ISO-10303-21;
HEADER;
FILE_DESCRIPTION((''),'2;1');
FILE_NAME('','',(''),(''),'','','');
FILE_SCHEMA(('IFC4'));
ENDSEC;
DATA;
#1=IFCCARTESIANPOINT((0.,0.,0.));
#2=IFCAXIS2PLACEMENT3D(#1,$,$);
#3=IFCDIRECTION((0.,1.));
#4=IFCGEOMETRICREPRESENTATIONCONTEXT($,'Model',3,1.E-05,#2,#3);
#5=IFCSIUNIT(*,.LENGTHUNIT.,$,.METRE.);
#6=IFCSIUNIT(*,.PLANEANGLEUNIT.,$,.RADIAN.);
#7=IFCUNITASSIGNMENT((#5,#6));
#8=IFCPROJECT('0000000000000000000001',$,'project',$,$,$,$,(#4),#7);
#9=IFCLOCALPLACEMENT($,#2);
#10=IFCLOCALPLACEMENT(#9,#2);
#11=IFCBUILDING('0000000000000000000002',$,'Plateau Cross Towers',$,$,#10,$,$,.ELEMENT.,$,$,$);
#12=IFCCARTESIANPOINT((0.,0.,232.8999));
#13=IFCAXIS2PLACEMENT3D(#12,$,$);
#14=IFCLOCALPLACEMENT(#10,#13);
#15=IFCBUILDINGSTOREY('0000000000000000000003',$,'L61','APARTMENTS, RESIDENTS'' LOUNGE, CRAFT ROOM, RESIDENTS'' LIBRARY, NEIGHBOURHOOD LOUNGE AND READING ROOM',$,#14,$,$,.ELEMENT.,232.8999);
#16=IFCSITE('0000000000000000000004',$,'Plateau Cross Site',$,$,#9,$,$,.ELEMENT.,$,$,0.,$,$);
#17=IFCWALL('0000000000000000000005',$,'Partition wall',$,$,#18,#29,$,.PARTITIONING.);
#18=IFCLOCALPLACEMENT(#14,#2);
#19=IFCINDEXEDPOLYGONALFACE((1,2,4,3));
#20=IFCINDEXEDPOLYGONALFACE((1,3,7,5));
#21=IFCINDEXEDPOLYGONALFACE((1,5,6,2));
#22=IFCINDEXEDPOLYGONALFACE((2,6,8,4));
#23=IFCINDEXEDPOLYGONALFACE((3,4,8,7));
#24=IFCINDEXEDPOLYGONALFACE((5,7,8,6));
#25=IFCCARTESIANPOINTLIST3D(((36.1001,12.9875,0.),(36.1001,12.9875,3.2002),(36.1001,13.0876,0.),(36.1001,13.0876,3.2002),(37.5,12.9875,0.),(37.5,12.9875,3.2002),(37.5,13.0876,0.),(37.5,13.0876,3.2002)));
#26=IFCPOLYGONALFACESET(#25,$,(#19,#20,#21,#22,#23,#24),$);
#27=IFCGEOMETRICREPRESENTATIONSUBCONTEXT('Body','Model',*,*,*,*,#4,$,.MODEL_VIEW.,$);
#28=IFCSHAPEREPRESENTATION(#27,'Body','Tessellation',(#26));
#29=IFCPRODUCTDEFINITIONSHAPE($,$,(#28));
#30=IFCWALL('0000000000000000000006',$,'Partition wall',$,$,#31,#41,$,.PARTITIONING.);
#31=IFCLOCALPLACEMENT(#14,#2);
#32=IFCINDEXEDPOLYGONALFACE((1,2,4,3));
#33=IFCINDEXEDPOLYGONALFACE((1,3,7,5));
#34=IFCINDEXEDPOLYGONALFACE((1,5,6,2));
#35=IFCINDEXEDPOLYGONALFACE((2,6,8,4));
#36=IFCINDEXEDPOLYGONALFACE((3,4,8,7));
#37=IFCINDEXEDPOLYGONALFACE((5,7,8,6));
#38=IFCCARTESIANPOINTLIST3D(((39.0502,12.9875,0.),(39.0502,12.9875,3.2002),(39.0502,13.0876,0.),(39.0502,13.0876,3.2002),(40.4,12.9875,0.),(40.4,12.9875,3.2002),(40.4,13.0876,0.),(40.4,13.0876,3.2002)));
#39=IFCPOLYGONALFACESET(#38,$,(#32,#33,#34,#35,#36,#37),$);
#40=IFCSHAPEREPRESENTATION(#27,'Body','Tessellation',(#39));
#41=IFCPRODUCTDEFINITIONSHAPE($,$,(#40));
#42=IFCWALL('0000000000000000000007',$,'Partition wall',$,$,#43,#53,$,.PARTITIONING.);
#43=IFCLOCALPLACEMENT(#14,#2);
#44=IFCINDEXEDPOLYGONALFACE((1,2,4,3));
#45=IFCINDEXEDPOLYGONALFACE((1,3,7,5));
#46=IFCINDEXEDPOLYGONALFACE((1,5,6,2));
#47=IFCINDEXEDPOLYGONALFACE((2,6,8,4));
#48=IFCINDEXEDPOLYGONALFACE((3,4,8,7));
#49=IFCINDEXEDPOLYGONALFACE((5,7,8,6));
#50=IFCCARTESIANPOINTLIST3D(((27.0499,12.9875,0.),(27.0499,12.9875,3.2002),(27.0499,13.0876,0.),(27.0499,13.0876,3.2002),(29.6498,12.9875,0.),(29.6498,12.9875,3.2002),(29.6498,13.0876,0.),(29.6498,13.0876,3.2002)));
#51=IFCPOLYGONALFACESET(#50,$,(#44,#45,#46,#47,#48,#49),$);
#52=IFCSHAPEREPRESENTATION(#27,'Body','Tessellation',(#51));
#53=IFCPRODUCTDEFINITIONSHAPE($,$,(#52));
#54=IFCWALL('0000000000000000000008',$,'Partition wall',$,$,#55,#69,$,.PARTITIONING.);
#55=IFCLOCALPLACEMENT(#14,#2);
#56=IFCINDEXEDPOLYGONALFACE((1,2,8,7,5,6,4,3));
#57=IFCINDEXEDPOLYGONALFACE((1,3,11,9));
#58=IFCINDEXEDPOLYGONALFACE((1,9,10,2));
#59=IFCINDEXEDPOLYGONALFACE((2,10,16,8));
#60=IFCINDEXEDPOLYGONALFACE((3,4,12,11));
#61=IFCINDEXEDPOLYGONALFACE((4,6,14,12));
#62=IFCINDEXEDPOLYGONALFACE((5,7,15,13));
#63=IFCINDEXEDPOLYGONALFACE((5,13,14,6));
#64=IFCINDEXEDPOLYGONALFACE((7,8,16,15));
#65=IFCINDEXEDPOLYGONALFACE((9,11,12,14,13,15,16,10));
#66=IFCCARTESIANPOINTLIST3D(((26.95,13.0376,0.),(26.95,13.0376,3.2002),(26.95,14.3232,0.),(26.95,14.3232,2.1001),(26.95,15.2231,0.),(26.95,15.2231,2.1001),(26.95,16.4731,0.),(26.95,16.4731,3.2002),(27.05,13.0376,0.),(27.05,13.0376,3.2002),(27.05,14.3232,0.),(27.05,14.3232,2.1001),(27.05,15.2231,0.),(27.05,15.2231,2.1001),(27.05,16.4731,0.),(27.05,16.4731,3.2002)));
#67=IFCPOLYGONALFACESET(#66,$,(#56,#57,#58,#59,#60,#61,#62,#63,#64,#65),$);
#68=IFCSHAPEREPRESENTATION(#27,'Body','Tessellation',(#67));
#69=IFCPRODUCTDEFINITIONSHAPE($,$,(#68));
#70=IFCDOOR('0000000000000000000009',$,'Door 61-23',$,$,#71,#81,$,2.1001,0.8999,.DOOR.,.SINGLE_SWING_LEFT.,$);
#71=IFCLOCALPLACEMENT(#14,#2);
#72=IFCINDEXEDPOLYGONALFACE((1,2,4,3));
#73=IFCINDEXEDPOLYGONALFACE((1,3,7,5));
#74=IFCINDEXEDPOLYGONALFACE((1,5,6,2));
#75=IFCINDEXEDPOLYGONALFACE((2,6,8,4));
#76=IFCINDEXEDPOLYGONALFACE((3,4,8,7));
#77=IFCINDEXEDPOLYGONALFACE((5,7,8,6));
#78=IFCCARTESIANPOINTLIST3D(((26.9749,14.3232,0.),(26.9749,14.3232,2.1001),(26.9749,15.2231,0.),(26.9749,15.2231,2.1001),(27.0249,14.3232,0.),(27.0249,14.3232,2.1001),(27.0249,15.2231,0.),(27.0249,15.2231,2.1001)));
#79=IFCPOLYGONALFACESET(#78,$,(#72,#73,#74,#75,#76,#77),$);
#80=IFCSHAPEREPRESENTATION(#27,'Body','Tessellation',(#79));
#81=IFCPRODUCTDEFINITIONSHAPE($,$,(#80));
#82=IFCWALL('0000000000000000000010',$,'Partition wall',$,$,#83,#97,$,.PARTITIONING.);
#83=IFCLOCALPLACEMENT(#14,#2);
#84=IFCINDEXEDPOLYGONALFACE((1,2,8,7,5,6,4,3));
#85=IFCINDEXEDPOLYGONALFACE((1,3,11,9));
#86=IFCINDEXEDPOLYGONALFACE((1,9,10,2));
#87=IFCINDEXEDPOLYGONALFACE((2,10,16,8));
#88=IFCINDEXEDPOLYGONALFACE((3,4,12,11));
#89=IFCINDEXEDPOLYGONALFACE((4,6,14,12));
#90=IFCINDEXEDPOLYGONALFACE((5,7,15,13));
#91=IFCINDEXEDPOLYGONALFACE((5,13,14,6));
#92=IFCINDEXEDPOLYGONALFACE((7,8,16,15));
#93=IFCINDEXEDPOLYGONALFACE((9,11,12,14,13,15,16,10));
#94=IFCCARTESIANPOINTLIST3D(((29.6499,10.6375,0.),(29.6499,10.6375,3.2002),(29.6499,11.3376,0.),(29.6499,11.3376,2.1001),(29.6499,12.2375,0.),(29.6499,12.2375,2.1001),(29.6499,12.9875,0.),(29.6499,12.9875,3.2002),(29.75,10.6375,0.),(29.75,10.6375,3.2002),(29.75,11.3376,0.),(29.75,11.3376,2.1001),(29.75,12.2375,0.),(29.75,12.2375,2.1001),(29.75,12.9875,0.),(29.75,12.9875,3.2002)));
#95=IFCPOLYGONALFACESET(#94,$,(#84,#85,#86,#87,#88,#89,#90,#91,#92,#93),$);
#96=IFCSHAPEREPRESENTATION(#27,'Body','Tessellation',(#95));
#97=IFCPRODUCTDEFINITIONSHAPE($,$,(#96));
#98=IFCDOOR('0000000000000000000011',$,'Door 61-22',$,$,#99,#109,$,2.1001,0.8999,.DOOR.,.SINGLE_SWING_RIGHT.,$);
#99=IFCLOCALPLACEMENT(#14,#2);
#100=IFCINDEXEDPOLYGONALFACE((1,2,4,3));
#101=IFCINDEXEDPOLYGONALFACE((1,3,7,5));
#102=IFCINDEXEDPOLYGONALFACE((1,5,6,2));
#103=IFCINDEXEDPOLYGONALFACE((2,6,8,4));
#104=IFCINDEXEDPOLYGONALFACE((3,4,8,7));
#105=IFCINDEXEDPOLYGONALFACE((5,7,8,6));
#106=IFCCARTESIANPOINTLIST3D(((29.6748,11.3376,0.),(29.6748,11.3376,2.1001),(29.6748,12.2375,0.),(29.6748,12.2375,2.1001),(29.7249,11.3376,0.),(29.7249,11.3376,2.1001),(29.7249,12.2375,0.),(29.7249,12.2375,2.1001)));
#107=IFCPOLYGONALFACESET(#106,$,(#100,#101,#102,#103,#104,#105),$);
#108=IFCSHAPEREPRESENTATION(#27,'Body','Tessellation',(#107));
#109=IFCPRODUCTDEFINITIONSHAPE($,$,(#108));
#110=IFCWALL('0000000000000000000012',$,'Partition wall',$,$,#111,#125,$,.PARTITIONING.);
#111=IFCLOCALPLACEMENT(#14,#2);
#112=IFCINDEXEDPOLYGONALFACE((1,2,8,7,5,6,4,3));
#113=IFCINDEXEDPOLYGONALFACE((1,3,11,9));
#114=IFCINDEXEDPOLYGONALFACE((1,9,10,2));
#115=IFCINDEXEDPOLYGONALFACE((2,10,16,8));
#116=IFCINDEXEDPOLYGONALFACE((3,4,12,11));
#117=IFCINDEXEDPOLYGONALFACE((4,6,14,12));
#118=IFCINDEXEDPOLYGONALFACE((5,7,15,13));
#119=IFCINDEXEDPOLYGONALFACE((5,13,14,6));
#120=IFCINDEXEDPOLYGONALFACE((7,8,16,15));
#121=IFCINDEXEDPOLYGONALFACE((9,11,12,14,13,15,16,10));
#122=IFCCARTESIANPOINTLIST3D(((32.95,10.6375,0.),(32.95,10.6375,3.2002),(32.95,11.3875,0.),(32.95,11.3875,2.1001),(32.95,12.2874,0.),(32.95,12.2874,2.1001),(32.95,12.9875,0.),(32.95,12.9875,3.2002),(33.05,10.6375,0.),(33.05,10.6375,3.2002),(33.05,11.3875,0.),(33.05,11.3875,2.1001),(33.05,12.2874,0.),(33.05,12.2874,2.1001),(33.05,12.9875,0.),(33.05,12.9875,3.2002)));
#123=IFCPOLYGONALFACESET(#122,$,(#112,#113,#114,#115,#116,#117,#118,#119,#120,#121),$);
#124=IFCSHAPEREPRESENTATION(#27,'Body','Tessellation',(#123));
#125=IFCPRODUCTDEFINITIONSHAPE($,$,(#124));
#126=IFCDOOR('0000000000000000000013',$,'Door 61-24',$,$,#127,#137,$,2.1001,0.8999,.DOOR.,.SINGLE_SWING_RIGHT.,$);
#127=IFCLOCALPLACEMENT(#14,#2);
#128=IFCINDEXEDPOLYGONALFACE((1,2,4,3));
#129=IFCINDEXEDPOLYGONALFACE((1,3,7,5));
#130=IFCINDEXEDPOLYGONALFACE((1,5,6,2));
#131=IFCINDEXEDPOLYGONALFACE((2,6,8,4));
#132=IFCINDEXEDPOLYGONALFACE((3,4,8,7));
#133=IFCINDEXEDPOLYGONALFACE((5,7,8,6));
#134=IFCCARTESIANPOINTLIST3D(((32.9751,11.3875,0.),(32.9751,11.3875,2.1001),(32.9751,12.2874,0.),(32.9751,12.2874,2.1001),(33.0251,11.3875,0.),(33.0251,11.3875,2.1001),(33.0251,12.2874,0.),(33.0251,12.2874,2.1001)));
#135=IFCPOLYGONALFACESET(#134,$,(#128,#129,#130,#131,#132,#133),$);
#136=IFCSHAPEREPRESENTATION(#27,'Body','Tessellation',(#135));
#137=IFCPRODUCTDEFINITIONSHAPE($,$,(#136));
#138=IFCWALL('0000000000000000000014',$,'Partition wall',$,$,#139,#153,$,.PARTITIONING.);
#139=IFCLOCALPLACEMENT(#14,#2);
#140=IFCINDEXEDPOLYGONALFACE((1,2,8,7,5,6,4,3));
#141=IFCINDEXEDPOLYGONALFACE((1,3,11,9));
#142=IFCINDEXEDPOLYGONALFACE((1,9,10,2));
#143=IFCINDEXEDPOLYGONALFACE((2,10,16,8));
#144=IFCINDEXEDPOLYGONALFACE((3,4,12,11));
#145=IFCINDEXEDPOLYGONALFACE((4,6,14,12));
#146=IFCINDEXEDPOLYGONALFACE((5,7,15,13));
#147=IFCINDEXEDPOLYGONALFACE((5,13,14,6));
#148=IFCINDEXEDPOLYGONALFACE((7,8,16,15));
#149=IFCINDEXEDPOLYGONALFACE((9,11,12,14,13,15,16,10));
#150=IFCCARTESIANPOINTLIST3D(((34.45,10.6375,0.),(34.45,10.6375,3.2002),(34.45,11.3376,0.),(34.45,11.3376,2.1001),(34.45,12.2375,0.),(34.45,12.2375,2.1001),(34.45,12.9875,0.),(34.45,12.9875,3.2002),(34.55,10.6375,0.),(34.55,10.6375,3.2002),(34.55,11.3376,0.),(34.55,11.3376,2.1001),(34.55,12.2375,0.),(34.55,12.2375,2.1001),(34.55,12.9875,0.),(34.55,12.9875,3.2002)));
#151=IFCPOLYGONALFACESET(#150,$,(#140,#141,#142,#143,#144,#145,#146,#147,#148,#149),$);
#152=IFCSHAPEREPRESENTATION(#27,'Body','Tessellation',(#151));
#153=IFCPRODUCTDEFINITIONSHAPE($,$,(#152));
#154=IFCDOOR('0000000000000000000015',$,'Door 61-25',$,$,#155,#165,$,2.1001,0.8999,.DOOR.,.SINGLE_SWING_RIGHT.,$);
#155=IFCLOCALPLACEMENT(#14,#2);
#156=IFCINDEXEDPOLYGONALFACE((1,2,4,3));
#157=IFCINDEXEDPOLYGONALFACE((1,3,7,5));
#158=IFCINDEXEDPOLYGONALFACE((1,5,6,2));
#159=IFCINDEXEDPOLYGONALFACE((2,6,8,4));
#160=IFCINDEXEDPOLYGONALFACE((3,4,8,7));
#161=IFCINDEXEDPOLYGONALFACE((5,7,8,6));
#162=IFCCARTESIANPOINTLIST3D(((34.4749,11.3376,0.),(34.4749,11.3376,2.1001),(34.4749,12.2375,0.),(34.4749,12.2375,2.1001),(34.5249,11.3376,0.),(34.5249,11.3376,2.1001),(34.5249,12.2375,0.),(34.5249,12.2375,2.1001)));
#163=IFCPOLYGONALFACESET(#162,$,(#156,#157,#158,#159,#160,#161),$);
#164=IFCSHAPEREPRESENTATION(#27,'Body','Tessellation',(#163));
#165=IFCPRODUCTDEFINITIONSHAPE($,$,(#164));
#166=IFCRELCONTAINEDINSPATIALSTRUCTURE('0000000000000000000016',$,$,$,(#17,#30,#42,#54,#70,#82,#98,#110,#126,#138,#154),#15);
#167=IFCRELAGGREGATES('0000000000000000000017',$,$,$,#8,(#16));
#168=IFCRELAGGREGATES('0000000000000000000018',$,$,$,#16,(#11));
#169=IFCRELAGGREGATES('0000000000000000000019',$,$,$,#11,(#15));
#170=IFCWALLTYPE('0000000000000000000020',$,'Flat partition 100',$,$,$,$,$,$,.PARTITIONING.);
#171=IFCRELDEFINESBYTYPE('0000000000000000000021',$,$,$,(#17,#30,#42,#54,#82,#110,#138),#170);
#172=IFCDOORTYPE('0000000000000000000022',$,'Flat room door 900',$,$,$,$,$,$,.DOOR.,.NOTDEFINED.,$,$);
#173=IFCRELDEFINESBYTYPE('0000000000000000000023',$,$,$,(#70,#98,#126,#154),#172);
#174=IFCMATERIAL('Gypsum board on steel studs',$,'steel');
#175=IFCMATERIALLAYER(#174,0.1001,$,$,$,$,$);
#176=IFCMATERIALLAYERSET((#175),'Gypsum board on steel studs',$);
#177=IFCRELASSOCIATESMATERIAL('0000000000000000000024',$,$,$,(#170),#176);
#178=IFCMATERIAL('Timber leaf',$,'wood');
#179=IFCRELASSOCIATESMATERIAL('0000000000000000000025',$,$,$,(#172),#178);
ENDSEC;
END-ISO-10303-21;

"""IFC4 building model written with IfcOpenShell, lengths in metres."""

from ifc_helpers import new_model, si_unit, direction, frame, frame_2d, origin, place, context, subcontext, project, spatial, rectangle, extrude, material, layer, layer_set, type_object, element, fill, save


model = new_model("IFC4")

# Units and contexts
model_context = context("Model", 3, precision=1e-05, world=origin(), true_north=direction((0.0, 1.0)))
body_context = subcontext(model_context, "Body", "Model", "MODEL_VIEW")
ifc_project = project(units=[si_unit("LENGTHUNIT", "METRE"), si_unit("PLANEANGLEUNIT", "RADIAN")], contexts=[model_context])

# Site, building, storey
site_placement = place(None, origin())
site = spatial("IfcSite", under=ifc_project, at=site_placement, Name="Plateau Cross Site", CompositionType="ELEMENT", RefElevation=0.0)
building_placement = place(site_placement, origin())
building = spatial("IfcBuilding", under=site, at=building_placement, Name="Plateau Cross Towers", CompositionType="ELEMENT")
storey_placement = place(building_placement, frame((0.0, 0.0, 232.8999)))
storey = spatial("IfcBuildingStorey", under=building, at=storey_placement, Name="L61", Description="APARTMENTS, RESIDENTS' LOUNGE, CRAFT ROOM, RESIDENTS' LIBRARY, NEIGHBOURHOOD LOUNGE AND READING ROOM", CompositionType="ELEMENT", Elevation=232.8999)

# Walls
ifc_material_1 = material(Name="Gypsum board on steel studs", Category="steel")
ifc_layer_1 = layer(ifc_material_1, 0.1001)
ifc_layer_set_1 = layer_set([ifc_layer_1], Name="Gypsum board on steel studs")
wall_type_1 = type_object("IfcWallType", Name="Flat partition 100", PredefinedType="PARTITIONING", material=ifc_layer_set_1)
for number, where, z_axis, x_axis, name in (
    (1, (37.5, 13.0376, 0.0), (0.0, 0.0, 1.0), (-1.0, 0.0, 0.0), "Partition wall"),
):
    element("IfcWall", number, at=place(storey_placement, frame(where, z_axis=z_axis, x_axis=x_axis)), inside=storey, type_object=wall_type_1, Name=name, PredefinedType="PARTITIONING", context=body_context, shape_type="SweptSolid", body=[
        extrude(rectangle(XDim=1.3999, YDim=0.1001, at=frame_2d((0.7, 0.0))), origin(), (0.0, 0.0, 1.0), 3.2002),
    ])
wall_1_placement = place(storey_placement, frame((40.3999, 13.0376, 0.0), z_axis=(0.0, 0.0, 1.0), x_axis=(-1.0, 0.0, 0.0)))
element("IfcWall", 2, at=wall_1_placement, inside=storey, type_object=wall_type_1, Name="Partition wall", PredefinedType="PARTITIONING", context=body_context, shape_type="SweptSolid", body=[
    extrude(rectangle(XDim=1.3499, YDim=0.1001, at=frame_2d((0.6748, 0.0))), origin(), (0.0, 0.0, 1.0), 3.2002),
])
wall_2_placement = place(storey_placement, frame((27.05, 13.0376, 0.0), z_axis=(0.0, 0.0, 1.0), x_axis=(1.0, 0.0, 0.0)))
element("IfcWall", 3, at=wall_2_placement, inside=storey, type_object=wall_type_1, Name="Partition wall", PredefinedType="PARTITIONING", context=body_context, shape_type="SweptSolid", body=[
    extrude(rectangle(XDim=2.5999, YDim=0.1001, at=frame_2d((1.2998, 0.0))), origin(), (0.0, 0.0, 1.0), 3.2002),
])

# Walls, openings, doors
wall_3_placement = place(storey_placement, frame((27.0, 16.4731, 0.0), z_axis=(0.0, 0.0, 1.0), x_axis=(0.0, -1.0, 0.0)))
wall_3 = element("IfcWall", 4, at=wall_3_placement, inside=storey, type_object=wall_type_1, Name="Partition wall", PredefinedType="PARTITIONING", context=body_context, shape_type="SweptSolid", body=[
    extrude(rectangle(XDim=3.4355, YDim=0.1001, at=frame_2d((1.7178, 0.0))), origin(), (0.0, 0.0, 1.0), 3.2002),
])
opening_1_placement = place(wall_3_placement, frame((1.25, 0.0, 0.0)))
opening_1 = element("IfcOpeningElement", 5, at=opening_1_placement, cuts=wall_3, PredefinedType="OPENING", context=body_context, shape_type="SweptSolid", body=[
    extrude(rectangle(XDim=0.8999, YDim=2.1001, at=frame_2d((0.45, 1.05))), frame((0.0, 0.0601, 0.0), z_axis=(0.0, -1.0, 0.0), x_axis=(1.0, 0.0, 0.0)), (0.0, 0.0, 1.0), 0.1201),
])
ifc_material_2 = material(Name="Timber leaf", Category="wood")
door_type = type_object("IfcDoorType", Name="Flat room door 900", OperationType="NOTDEFINED", PredefinedType="DOOR", material=ifc_material_2)
door_1_placement = place(opening_1_placement, origin())
door_1 = element("IfcDoor", 6, at=door_1_placement, inside=storey, type_object=door_type, Name="Door 61-23", OperationType="SINGLE_SWING_LEFT", OverallHeight=2.1001, OverallWidth=0.8999, PredefinedType="DOOR", context=body_context, shape_type="SweptSolid", body=[
    extrude(rectangle(XDim=0.8999, YDim=2.1001, at=frame_2d((0.45, 1.05))), frame((0.0, 0.0249, 0.0), z_axis=(0.0, -1.0, 0.0), x_axis=(1.0, 0.0, 0.0)), (0.0, 0.0, 1.0), 0.05),
])
fill(opening_1, door_1)
wall_4_placement = place(storey_placement, frame((29.7, 12.9875, 0.0), z_axis=(0.0, 0.0, 1.0), x_axis=(0.0, -1.0, 0.0)))
wall_4 = element("IfcWall", 7, at=wall_4_placement, inside=storey, type_object=wall_type_1, Name="Partition wall", PredefinedType="PARTITIONING", context=body_context, shape_type="SweptSolid", body=[
    extrude(rectangle(XDim=2.3501, YDim=0.1001, at=frame_2d((1.175, 0.0))), origin(), (0.0, 0.0, 1.0), 3.2002),
])
opening_2_placement = place(wall_4_placement, frame((0.75, 0.0, 0.0)))
opening_2 = element("IfcOpeningElement", 8, at=opening_2_placement, cuts=wall_4, PredefinedType="OPENING", context=body_context, shape_type="SweptSolid", body=[
    extrude(rectangle(XDim=0.8999, YDim=2.1001, at=frame_2d((0.45, 1.05))), frame((0.0, 0.0601, 0.0), z_axis=(0.0, -1.0, 0.0), x_axis=(1.0, 0.0, 0.0)), (0.0, 0.0, 1.0), 0.1201),
])
door_2_placement = place(opening_2_placement, origin())
door_2 = element("IfcDoor", 9, at=door_2_placement, inside=storey, type_object=door_type, Name="Door 61-22", OperationType="SINGLE_SWING_RIGHT", OverallHeight=2.1001, OverallWidth=0.8999, PredefinedType="DOOR", context=body_context, shape_type="SweptSolid", body=[
    extrude(rectangle(XDim=0.8999, YDim=2.1001, at=frame_2d((0.45, 1.05))), frame((0.0, 0.0249, 0.0), z_axis=(0.0, -1.0, 0.0), x_axis=(1.0, 0.0, 0.0)), (0.0, 0.0, 1.0), 0.05),
])
fill(opening_2, door_2)
wall_5_placement = place(storey_placement, frame((33.0, 10.6375, 0.0), z_axis=(0.0, 0.0, 1.0), x_axis=(0.0, 1.0, 0.0)))
wall_5 = element("IfcWall", 10, at=wall_5_placement, inside=storey, type_object=wall_type_1, Name="Partition wall", PredefinedType="PARTITIONING", context=body_context, shape_type="SweptSolid", body=[
    extrude(rectangle(XDim=2.3501, YDim=0.1001, at=frame_2d((1.175, 0.0))), origin(), (0.0, 0.0, 1.0), 3.2002),
])
opening_3_placement = place(wall_5_placement, frame((0.75, 0.0, 0.0)))
opening_3 = element("IfcOpeningElement", 11, at=opening_3_placement, cuts=wall_5, PredefinedType="OPENING", context=body_context, shape_type="SweptSolid", body=[
    extrude(rectangle(XDim=0.8999, YDim=2.1001, at=frame_2d((0.45, 1.05))), frame((0.0, 0.0601, 0.0), z_axis=(0.0, -1.0, 0.0), x_axis=(1.0, 0.0, 0.0)), (0.0, 0.0, 1.0), 0.1201),
])
door_3_placement = place(opening_3_placement, origin())
door_3 = element("IfcDoor", 12, at=door_3_placement, inside=storey, type_object=door_type, Name="Door 61-24", OperationType="SINGLE_SWING_RIGHT", OverallHeight=2.1001, OverallWidth=0.8999, PredefinedType="DOOR", context=body_context, shape_type="SweptSolid", body=[
    extrude(rectangle(XDim=0.8999, YDim=2.1001, at=frame_2d((0.45, 1.05))), frame((0.0, 0.0249, 0.0), z_axis=(0.0, -1.0, 0.0), x_axis=(1.0, 0.0, 0.0)), (0.0, 0.0, 1.0), 0.05),
])
fill(opening_3, door_3)
wall_6_placement = place(storey_placement, frame((34.5, 12.9875, 0.0), z_axis=(0.0, 0.0, 1.0), x_axis=(0.0, -1.0, 0.0)))
wall_6 = element("IfcWall", 13, at=wall_6_placement, inside=storey, type_object=wall_type_1, Name="Partition wall", PredefinedType="PARTITIONING", context=body_context, shape_type="SweptSolid", body=[
    extrude(rectangle(XDim=2.3501, YDim=0.1001, at=frame_2d((1.175, 0.0))), origin(), (0.0, 0.0, 1.0), 3.2002),
])
opening_4_placement = place(wall_6_placement, frame((0.75, 0.0, 0.0)))
opening_4 = element("IfcOpeningElement", 14, at=opening_4_placement, cuts=wall_6, PredefinedType="OPENING", context=body_context, shape_type="SweptSolid", body=[
    extrude(rectangle(XDim=0.8999, YDim=2.1001, at=frame_2d((0.45, 1.05))), frame((0.0, 0.0601, 0.0), z_axis=(0.0, -1.0, 0.0), x_axis=(1.0, 0.0, 0.0)), (0.0, 0.0, 1.0), 0.1201),
])
door_4_placement = place(opening_4_placement, origin())
door_4 = element("IfcDoor", 15, at=door_4_placement, inside=storey, type_object=door_type, Name="Door 61-25", OperationType="SINGLE_SWING_RIGHT", OverallHeight=2.1001, OverallWidth=0.8999, PredefinedType="DOOR", context=body_context, shape_type="SweptSolid", body=[
    extrude(rectangle(XDim=0.8999, YDim=2.1001, at=frame_2d((0.45, 1.05))), frame((0.0, 0.0249, 0.0), z_axis=(0.0, -1.0, 0.0), x_axis=(1.0, 0.0, 0.0)), (0.0, 0.0, 1.0), 0.05),
])
fill(opening_4, door_4)

save(model, "model.ifc")
